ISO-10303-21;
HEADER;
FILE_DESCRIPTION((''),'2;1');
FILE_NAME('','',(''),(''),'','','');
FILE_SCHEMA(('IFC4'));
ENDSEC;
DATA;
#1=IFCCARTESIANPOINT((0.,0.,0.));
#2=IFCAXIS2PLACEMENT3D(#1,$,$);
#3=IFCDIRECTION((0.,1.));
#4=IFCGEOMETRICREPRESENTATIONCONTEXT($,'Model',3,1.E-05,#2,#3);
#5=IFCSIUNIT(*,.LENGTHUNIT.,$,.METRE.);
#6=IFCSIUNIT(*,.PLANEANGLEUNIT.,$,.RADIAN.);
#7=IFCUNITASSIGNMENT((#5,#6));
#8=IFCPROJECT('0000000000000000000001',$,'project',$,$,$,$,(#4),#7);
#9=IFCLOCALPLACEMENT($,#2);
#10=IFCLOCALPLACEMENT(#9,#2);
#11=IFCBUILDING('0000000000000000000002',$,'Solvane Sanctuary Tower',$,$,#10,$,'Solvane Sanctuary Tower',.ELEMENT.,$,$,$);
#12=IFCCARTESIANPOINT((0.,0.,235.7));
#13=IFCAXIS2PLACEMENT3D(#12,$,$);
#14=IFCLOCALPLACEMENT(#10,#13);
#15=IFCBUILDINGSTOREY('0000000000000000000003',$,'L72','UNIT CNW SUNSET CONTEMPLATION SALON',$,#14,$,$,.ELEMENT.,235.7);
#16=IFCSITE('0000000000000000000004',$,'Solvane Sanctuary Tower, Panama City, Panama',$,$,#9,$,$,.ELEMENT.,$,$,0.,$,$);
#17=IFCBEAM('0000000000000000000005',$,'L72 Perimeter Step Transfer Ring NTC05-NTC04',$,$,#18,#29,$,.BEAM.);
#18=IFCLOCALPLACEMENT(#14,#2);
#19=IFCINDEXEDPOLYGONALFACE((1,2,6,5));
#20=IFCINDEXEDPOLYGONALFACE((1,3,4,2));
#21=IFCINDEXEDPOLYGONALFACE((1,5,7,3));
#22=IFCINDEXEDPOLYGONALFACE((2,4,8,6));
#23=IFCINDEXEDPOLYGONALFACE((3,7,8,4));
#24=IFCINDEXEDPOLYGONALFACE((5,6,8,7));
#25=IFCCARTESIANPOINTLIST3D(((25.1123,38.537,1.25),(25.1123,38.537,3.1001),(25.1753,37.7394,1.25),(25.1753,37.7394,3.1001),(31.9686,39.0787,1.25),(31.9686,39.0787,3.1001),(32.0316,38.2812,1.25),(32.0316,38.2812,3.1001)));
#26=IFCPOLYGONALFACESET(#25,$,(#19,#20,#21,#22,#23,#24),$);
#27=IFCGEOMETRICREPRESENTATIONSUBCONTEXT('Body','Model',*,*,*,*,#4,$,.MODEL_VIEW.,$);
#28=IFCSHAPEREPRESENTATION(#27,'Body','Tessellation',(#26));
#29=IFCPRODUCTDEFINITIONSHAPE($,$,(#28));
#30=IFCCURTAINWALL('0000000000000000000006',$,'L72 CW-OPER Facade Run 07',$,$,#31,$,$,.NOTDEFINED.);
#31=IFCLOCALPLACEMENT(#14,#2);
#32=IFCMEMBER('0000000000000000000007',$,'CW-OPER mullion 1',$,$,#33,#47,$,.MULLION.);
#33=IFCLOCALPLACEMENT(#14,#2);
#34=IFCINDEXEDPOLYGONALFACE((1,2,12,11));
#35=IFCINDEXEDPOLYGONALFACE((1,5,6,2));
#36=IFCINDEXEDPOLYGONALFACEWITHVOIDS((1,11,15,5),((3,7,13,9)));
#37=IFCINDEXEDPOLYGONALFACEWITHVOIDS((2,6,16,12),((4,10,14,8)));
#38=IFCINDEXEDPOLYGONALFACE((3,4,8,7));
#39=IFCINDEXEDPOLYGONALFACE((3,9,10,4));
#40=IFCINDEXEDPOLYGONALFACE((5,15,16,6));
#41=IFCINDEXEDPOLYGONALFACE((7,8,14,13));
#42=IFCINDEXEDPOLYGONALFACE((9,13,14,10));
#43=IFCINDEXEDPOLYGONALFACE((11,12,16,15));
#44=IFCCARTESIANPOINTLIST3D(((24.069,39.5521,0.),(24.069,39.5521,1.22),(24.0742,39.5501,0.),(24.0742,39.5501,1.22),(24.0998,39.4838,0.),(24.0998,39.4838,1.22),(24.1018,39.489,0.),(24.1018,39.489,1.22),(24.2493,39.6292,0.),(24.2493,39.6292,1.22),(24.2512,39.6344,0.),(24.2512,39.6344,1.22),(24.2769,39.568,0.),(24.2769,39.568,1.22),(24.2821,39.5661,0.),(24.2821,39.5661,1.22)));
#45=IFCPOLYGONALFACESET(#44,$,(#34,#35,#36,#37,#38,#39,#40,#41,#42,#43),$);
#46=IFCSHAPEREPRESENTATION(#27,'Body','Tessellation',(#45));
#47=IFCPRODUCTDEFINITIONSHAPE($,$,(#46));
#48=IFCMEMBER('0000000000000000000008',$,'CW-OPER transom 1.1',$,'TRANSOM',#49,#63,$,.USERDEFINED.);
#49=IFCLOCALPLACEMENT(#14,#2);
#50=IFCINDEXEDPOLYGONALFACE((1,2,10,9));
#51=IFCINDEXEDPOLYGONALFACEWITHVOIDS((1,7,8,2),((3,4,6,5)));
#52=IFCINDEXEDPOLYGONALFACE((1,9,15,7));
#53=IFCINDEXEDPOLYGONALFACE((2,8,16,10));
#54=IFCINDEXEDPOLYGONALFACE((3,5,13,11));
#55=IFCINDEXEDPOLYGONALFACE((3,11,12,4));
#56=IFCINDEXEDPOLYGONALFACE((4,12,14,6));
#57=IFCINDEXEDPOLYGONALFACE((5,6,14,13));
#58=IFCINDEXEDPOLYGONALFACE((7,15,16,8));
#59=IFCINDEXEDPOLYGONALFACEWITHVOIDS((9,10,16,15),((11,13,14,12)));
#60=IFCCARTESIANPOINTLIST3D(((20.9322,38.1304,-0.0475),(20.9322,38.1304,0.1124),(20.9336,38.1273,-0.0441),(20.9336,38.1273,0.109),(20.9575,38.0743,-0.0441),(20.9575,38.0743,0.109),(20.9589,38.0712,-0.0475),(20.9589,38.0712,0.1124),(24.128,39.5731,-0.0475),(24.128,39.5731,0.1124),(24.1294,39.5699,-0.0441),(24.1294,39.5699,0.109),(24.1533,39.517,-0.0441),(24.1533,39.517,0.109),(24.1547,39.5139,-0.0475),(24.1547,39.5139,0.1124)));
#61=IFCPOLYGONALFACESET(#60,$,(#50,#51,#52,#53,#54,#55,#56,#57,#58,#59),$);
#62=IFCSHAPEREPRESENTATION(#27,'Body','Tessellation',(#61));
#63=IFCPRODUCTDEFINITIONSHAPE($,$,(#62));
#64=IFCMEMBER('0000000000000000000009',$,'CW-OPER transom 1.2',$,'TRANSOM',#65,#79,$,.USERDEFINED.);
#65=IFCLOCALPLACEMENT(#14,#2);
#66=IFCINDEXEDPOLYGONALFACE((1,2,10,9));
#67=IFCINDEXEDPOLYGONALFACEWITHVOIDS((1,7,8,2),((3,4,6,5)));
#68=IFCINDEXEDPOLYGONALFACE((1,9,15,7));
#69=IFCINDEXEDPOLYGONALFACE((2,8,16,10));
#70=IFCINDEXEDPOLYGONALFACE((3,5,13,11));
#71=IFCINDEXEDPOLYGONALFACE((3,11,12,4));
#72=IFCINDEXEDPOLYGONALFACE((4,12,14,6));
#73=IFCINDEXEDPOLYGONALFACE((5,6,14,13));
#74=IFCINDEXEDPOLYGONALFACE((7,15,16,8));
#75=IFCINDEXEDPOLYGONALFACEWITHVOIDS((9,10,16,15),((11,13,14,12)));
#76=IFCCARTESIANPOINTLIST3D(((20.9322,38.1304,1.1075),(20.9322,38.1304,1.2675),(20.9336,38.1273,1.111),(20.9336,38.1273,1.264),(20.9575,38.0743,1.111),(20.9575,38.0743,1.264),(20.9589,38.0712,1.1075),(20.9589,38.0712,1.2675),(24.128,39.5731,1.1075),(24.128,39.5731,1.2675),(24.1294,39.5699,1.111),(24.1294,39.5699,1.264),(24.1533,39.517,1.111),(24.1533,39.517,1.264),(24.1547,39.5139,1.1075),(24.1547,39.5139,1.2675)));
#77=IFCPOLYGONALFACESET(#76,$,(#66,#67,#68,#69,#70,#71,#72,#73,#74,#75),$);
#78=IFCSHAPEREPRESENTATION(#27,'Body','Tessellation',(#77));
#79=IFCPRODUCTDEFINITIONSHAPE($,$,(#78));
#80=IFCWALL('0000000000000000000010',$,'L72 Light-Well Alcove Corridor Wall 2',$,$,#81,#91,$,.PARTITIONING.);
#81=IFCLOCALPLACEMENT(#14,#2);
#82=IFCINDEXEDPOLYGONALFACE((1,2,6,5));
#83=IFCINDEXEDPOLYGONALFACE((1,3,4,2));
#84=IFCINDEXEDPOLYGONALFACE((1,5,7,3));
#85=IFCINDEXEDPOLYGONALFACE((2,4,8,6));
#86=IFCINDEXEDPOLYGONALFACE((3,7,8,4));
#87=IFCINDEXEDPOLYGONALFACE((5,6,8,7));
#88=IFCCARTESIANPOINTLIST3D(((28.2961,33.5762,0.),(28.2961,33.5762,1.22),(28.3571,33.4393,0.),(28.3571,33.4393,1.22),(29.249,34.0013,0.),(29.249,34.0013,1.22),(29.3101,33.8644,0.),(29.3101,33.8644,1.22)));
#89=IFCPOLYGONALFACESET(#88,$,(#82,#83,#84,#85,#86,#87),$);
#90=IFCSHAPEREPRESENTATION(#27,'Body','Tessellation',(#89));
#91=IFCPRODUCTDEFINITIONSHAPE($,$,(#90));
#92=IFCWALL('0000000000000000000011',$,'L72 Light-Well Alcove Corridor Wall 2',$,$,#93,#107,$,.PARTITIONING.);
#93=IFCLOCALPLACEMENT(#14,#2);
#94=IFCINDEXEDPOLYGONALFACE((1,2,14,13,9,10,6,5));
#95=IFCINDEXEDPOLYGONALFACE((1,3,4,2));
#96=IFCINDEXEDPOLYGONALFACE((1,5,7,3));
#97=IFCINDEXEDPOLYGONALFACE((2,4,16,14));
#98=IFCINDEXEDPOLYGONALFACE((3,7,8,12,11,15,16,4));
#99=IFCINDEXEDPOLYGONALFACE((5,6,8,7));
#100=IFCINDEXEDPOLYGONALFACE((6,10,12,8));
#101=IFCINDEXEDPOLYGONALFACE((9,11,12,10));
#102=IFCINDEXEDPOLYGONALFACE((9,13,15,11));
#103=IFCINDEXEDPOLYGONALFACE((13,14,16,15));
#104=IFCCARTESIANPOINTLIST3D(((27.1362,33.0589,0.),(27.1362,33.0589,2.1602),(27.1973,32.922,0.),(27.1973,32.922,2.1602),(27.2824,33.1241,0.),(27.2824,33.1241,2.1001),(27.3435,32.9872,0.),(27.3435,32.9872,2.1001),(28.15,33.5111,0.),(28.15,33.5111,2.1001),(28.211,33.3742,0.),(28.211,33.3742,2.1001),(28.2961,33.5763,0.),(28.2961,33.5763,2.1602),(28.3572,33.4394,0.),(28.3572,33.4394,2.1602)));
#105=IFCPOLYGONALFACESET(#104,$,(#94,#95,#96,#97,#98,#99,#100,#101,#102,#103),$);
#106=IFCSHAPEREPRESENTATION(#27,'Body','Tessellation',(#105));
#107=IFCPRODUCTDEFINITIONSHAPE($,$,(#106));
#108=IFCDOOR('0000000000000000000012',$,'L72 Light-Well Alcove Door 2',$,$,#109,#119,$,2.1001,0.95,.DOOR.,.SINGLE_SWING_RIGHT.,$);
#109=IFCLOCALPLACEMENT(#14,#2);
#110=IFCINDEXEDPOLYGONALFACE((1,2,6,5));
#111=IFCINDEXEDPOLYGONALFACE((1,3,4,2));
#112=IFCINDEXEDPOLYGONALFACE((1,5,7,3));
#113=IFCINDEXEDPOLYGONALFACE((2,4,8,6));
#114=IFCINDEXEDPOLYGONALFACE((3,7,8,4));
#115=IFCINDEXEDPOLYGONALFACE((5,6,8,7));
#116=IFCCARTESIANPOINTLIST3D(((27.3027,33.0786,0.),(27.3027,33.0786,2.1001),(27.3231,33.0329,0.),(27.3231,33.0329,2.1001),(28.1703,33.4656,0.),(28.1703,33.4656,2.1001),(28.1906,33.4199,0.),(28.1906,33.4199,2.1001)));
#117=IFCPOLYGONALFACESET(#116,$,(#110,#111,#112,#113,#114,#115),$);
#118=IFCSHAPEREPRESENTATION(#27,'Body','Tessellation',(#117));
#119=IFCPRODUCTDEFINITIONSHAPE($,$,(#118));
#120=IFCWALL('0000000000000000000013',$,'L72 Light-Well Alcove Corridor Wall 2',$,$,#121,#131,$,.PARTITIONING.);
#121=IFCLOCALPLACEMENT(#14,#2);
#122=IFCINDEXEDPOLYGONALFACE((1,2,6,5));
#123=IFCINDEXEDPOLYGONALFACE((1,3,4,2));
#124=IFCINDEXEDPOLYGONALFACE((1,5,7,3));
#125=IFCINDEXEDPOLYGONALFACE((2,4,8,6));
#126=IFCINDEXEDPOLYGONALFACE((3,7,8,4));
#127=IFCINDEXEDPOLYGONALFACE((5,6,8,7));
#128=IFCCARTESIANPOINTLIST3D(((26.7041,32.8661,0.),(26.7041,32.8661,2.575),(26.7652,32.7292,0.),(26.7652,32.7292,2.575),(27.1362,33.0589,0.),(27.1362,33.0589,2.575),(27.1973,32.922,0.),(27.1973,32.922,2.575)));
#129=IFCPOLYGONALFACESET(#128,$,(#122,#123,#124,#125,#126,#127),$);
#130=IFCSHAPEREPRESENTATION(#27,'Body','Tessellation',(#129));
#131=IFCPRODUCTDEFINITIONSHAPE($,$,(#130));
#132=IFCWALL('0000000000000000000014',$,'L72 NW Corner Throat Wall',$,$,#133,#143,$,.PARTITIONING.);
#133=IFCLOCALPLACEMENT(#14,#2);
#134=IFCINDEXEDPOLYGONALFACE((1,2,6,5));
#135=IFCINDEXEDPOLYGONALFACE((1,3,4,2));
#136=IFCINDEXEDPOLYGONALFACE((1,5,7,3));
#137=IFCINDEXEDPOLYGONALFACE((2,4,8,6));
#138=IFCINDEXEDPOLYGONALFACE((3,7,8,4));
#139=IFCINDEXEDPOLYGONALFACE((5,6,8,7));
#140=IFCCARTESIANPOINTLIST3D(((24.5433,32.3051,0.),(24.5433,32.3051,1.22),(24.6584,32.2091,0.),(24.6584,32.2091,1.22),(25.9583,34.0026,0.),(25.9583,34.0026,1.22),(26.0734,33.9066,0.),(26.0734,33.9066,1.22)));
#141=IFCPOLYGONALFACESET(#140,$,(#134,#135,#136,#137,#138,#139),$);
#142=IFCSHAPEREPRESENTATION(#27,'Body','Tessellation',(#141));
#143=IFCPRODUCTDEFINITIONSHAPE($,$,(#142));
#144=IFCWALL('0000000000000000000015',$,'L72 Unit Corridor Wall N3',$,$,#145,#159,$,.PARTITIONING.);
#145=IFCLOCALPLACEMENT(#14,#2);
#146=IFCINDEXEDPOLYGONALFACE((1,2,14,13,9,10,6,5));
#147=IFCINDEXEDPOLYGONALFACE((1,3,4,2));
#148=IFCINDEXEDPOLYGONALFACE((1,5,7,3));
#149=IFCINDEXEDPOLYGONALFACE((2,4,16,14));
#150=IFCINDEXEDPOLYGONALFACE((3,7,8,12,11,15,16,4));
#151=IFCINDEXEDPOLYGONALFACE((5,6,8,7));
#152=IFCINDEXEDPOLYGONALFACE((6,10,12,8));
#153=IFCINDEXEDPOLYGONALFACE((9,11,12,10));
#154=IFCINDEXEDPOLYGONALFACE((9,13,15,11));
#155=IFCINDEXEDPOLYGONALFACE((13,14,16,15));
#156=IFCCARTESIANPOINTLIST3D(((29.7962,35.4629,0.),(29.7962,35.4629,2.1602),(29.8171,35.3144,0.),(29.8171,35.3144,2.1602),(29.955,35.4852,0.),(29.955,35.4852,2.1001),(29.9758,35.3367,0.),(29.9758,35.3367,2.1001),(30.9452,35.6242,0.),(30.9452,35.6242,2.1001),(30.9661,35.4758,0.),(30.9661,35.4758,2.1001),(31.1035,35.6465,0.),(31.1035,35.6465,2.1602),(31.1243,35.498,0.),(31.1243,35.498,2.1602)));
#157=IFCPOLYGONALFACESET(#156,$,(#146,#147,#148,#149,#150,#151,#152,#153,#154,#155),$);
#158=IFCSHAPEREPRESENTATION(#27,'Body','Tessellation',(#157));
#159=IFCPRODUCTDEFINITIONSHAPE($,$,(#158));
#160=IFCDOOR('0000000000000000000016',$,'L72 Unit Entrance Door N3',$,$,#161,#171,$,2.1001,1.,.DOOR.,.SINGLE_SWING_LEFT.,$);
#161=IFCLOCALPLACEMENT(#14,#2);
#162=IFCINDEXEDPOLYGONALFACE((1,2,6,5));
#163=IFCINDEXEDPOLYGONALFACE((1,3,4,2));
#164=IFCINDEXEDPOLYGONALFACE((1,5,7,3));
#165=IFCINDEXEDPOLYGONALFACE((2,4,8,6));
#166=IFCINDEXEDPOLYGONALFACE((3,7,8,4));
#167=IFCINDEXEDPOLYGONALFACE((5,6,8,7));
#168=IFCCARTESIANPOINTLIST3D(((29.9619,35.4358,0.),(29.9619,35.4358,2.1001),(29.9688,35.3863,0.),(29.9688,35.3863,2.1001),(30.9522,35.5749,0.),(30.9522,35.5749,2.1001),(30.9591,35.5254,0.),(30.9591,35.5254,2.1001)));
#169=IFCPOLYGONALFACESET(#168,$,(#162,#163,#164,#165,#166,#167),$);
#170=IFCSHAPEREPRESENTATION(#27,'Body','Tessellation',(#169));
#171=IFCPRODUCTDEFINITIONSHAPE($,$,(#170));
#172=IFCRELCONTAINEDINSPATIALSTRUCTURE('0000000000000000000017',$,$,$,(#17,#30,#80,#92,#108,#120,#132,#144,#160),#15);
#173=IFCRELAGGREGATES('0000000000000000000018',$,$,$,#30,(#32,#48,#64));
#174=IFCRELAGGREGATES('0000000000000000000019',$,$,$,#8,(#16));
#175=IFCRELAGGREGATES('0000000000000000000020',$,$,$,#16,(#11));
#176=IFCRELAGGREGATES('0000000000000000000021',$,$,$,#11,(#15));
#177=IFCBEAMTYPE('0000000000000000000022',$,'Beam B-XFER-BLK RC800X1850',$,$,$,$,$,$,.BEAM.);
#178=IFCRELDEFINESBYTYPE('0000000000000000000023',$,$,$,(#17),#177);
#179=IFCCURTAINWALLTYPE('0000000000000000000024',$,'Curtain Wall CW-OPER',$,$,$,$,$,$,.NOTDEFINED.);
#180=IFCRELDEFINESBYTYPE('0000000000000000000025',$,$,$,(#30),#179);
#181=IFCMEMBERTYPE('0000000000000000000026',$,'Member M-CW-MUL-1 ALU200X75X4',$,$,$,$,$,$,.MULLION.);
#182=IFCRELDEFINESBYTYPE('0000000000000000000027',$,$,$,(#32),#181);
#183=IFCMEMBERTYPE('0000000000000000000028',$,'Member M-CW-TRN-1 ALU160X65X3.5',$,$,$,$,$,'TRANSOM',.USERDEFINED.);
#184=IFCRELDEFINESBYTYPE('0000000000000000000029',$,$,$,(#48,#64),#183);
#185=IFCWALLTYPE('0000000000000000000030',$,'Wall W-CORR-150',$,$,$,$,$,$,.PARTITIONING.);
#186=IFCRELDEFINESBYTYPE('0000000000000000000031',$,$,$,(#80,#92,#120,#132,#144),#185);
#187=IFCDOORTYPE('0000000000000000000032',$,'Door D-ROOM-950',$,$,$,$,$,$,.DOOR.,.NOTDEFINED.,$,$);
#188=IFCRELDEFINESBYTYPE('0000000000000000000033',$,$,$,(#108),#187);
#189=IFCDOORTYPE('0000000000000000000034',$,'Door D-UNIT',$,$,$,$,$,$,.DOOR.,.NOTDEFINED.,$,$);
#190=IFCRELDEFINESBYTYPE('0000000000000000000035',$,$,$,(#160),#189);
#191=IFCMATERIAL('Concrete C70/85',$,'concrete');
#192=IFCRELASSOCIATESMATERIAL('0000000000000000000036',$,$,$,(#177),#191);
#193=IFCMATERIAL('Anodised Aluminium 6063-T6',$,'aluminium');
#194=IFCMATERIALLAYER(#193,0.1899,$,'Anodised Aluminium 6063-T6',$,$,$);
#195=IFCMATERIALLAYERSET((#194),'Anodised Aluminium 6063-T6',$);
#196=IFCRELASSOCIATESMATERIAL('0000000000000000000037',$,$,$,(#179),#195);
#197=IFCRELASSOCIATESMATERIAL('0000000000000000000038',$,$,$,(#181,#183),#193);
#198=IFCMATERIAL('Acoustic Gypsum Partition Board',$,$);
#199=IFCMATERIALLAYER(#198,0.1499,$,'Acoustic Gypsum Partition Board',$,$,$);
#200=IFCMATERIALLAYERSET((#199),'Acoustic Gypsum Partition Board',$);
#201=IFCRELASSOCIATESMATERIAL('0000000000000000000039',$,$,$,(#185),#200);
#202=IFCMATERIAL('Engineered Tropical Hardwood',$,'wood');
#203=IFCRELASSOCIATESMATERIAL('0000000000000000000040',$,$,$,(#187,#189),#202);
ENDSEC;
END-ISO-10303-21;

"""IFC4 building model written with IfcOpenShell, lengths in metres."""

from ifc_helpers import new_model, si_unit, direction, frame, frame_2d, origin, origin_2d, place, context, subcontext, project, spatial, rectangle, hollow_rectangle, extrude, material, layer, layer_set, material_profile, profile_set, type_object, element, fill, aggregate, save


model = new_model("IFC4")

# Units and contexts
model_context = context("Model", 3, precision=1e-05, world=origin(), true_north=direction((0.0, 1.0)))
body_context = subcontext(model_context, "Body", "Model", "MODEL_VIEW")
ifc_project = project(units=[si_unit("LENGTHUNIT", "METRE"), si_unit("PLANEANGLEUNIT", "RADIAN")], contexts=[model_context])

# Site, building, storey
site_placement = place(None, origin())
site = spatial("IfcSite", under=ifc_project, at=site_placement, Name="Solvane Sanctuary Tower, Panama City, Panama", CompositionType="ELEMENT", RefElevation=0.0)
building_placement = place(site_placement, origin())
building = spatial("IfcBuilding", under=site, at=building_placement, Name="Solvane Sanctuary Tower", LongName="Solvane Sanctuary Tower", CompositionType="ELEMENT")
storey_placement = place(building_placement, frame((0.0, 0.0, 235.7)))
storey = spatial("IfcBuildingStorey", under=building, at=storey_placement, Name="L72", Description="UNIT CNW SUNSET CONTEMPLATION SALON", CompositionType="ELEMENT", Elevation=235.7)

# Beam
ifc_material_1 = material(Name="Concrete C70/85", Category="concrete")
ifc_material_profile_1 = material_profile(ifc_material_1, rectangle(XDim=0.8, YDim=1.8501, at=origin_2d()), Name="RC800X1850")
ifc_profile_set_1 = profile_set([ifc_material_profile_1], Name="Concrete C70/85")
beam_type_1 = type_object("IfcBeamType", Name="Beam B-XFER-BLK RC800X1850", PredefinedType="BEAM", material=ifc_profile_set_1)
beam_1_placement = place(storey_placement, frame((25.1438, 38.1382, 2.175), z_axis=(0.996893, 0.07877, 0.0), x_axis=(-0.07877, 0.996893, 0.0)))
element("IfcBeam", 1, at=beam_1_placement, inside=storey, type_object=beam_type_1, Name="L72 Perimeter Step Transfer Ring NTC05-NTC04", PredefinedType="BEAM", context=body_context, shape_type="SweptSolid", body=[
    extrude(rectangle(XDim=0.8, YDim=1.8501, at=origin_2d()), origin(), (0.0, 0.0, 1.0), 6.8777),
])

# Curtain wall, members
ifc_material_2 = material(Name="Anodised Aluminium 6063-T6", Category="aluminium")
ifc_layer_1 = layer(ifc_material_2, 0.1899, Name="Anodised Aluminium 6063-T6")
ifc_layer_set_1 = layer_set([ifc_layer_1], Name="Anodised Aluminium 6063-T6")
curtain_wall_type = type_object("IfcCurtainWallType", Name="Curtain Wall CW-OPER", PredefinedType="NOTDEFINED", material=ifc_layer_set_1)
curtain_wall_placement = place(storey_placement, origin())
curtain_wall = element("IfcCurtainWall", 2, at=curtain_wall_placement, inside=storey, type_object=curtain_wall_type, Name="L72 CW-OPER Facade Run 07", PredefinedType="NOTDEFINED")
ifc_material_profile_2 = material_profile(ifc_material_2, hollow_rectangle(XDim=0.075, YDim=0.2, WallThickness=0.0039, at=origin_2d()), Name="ALU200X75X4")
ifc_profile_set_2 = profile_set([ifc_material_profile_2], Name="Anodised Aluminium 6063-T6")
member_type_1 = type_object("IfcMemberType", Name="Member M-CW-MUL-1 ALU200X75X4", PredefinedType="MULLION", material=ifc_profile_set_2)
member_1_placement = place(storey_placement, frame((24.1755, 39.5591, 0.0), z_axis=(0.0, 0.0, 1.0), x_axis=(0.411471, -0.911423, 0.0)))
member_1 = element("IfcMember", 3, at=member_1_placement, type_object=member_type_1, Name="CW-OPER mullion 1", PredefinedType="MULLION", context=body_context, shape_type="SweptSolid", body=[
    extrude(hollow_rectangle(XDim=0.075, YDim=0.2, WallThickness=0.0039, at=origin_2d()), origin(), (0.0, 0.0, 1.0), 1.22),
])
ifc_material_profile_3 = material_profile(ifc_material_2, hollow_rectangle(XDim=0.0649, YDim=0.1599, WallThickness=0.0034, at=origin_2d()), Name="ALU160X65X3.5")
ifc_profile_set_3 = profile_set([ifc_material_profile_3], Name="Anodised Aluminium 6063-T6")
member_type_2 = type_object("IfcMemberType", Name="Member M-CW-TRN-1 ALU160X65X3.5", ElementType="TRANSOM", PredefinedType="USERDEFINED", material=ifc_profile_set_3)
member_2_placement = place(storey_placement, frame((24.1414, 39.5435, 0.0325), z_axis=(-0.911439, -0.411436, 0.0), x_axis=(0.411436, -0.911439, 0.0)))
member_2 = element("IfcMember", 4, at=member_2_placement, type_object=member_type_2, Name="CW-OPER transom 1.1", ObjectType="TRANSOM", PredefinedType="USERDEFINED", context=body_context, shape_type="SweptSolid", body=[
    extrude(hollow_rectangle(XDim=0.0649, YDim=0.1599, WallThickness=0.0034, at=origin_2d()), origin(), (0.0, 0.0, 1.0), 3.5063),
])
member_3_placement = place(storey_placement, frame((24.1414, 39.5435, 1.1875), z_axis=(-0.911439, -0.411436, 0.0), x_axis=(0.411436, -0.911439, 0.0)))
member_3 = element("IfcMember", 5, at=member_3_placement, type_object=member_type_2, Name="CW-OPER transom 1.2", ObjectType="TRANSOM", PredefinedType="USERDEFINED", context=body_context, shape_type="SweptSolid", body=[
    extrude(hollow_rectangle(XDim=0.0649, YDim=0.1599, WallThickness=0.0034, at=origin_2d()), origin(), (0.0, 0.0, 1.0), 3.5063),
])
aggregate(curtain_wall, [member_1, member_2, member_3])

# Wall
ifc_material_3 = material(Name="Acoustic Gypsum Partition Board")
ifc_layer_2 = layer(ifc_material_3, 0.1499, Name="Acoustic Gypsum Partition Board")
ifc_layer_set_2 = layer_set([ifc_layer_2], Name="Acoustic Gypsum Partition Board")
wall_type_1 = type_object("IfcWallType", Name="Wall W-CORR-150", PredefinedType="PARTITIONING", material=ifc_layer_set_2)
wall_1_placement = place(storey_placement, frame((29.2795, 33.9329, 0.0), z_axis=(0.0, 0.0, 1.0), x_axis=(-0.913261, -0.407376, 0.0)))
element("IfcWall", 6, at=wall_1_placement, inside=storey, type_object=wall_type_1, Name="L72 Light-Well Alcove Corridor Wall 2", PredefinedType="PARTITIONING", context=body_context, shape_type="SweptSolid", body=[
    extrude(rectangle(XDim=1.0435, YDim=0.1499, at=frame_2d((0.5217, 0.0))), origin(), (0.0, 0.0, 1.0), 1.22),
])

# Wall, opening, door
wall_2_placement = place(storey_placement, frame((28.3267, 33.5078, 0.0), z_axis=(0.0, 0.0, 1.0), x_axis=(-0.91328, -0.407333, 0.0)))
wall_2 = element("IfcWall", 7, at=wall_2_placement, inside=storey, type_object=wall_type_1, Name="L72 Light-Well Alcove Corridor Wall 2", PredefinedType="PARTITIONING", context=body_context, shape_type="SweptSolid", body=[
    extrude(rectangle(XDim=1.27, YDim=0.1499, at=frame_2d((0.635, 0.0))), origin(), (0.0, 0.0, 1.0), 2.1602),
])
opening_1_placement = place(wall_2_placement, frame((0.1599, 0.0, 0.0)))
opening_1 = element("IfcOpeningElement", 8, at=opening_1_placement, cuts=wall_2, PredefinedType="OPENING", context=body_context, shape_type="SweptSolid", body=[
    extrude(rectangle(XDim=0.95, YDim=2.1001, at=frame_2d((0.4751, 1.05))), frame((0.0, 0.085, 0.0), z_axis=(0.0, -1.0, 0.0), x_axis=(1.0, 0.0, 0.0)), (0.0, 0.0, 1.0), 0.1699),
])
ifc_material_4 = material(Name="Engineered Tropical Hardwood", Category="wood")
door_type_1 = type_object("IfcDoorType", Name="Door D-ROOM-950", OperationType="NOTDEFINED", PredefinedType="DOOR", material=ifc_material_4)
door_1_placement = place(opening_1_placement, origin())
door_1 = element("IfcDoor", 9, at=door_1_placement, inside=storey, type_object=door_type_1, Name="L72 Light-Well Alcove Door 2", OperationType="SINGLE_SWING_RIGHT", OverallHeight=2.1001, OverallWidth=0.95, PredefinedType="DOOR", context=body_context, shape_type="SweptSolid", body=[
    extrude(rectangle(XDim=0.95, YDim=2.1001, at=frame_2d((0.4751, 1.05))), frame((0.0, 0.0249, 0.0), z_axis=(0.0, -1.0, 0.0), x_axis=(1.0, 0.0, 0.0)), (0.0, 0.0, 1.0), 0.05),
])
fill(opening_1, door_1)

# Walls
wall_3_placement = place(storey_placement, frame((27.1667, 32.9905, 0.0), z_axis=(0.0, 0.0, 1.0), x_axis=(-0.913172, -0.407574, 0.0)))
element("IfcWall", 10, at=wall_3_placement, inside=storey, type_object=wall_type_1, Name="L72 Light-Well Alcove Corridor Wall 2", PredefinedType="PARTITIONING", context=body_context, shape_type="SweptSolid", body=[
    extrude(rectangle(XDim=0.4731, YDim=0.1499, at=frame_2d((0.2366, 0.0))), origin(), (0.0, 0.0, 1.0), 2.575),
])
wall_4_placement = place(storey_placement, frame((26.0159, 33.9546, 0.0), z_axis=(0.0, 0.0, 1.0), x_axis=(-0.640304, -0.768122, 0.0)))
element("IfcWall", 11, at=wall_4_placement, inside=storey, type_object=wall_type_1, Name="L72 NW Corner Throat Wall", PredefinedType="PARTITIONING", context=body_context, shape_type="SweptSolid", body=[
    extrude(rectangle(XDim=2.21, YDim=0.1499, at=frame_2d((1.105, 0.0))), origin(), (0.0, 0.0, 1.0), 1.22),
])

# Wall, opening, door
wall_5_placement = place(storey_placement, frame((31.114, 35.5723, 0.0), z_axis=(0.0, 0.0, 1.0), x_axis=(-0.99028, -0.13909, 0.0)))
wall_5 = element("IfcWall", 12, at=wall_5_placement, inside=storey, type_object=wall_type_1, Name="L72 Unit Corridor Wall N3", PredefinedType="PARTITIONING", context=body_context, shape_type="SweptSolid", body=[
    extrude(rectangle(XDim=1.3201, YDim=0.1499, at=frame_2d((0.6602, 0.0))), origin(), (0.0, 0.0, 1.0), 2.1602),
])
opening_2_placement = place(wall_5_placement, frame((0.1599, 0.0, 0.0)))
opening_2 = element("IfcOpeningElement", 13, at=opening_2_placement, cuts=wall_5, PredefinedType="OPENING", context=body_context, shape_type="SweptSolid", body=[
    extrude(rectangle(XDim=1.0, YDim=2.1001, at=frame_2d((0.5, 1.05))), frame((0.0, 0.085, 0.0), z_axis=(0.0, -1.0, 0.0), x_axis=(1.0, 0.0, 0.0)), (0.0, 0.0, 1.0), 0.1699),
])
door_type_2 = type_object("IfcDoorType", Name="Door D-UNIT", OperationType="NOTDEFINED", PredefinedType="DOOR", material=ifc_material_4)
door_2_placement = place(opening_2_placement, origin())
door_2 = element("IfcDoor", 14, at=door_2_placement, inside=storey, type_object=door_type_2, Name="L72 Unit Entrance Door N3", OperationType="SINGLE_SWING_LEFT", OverallHeight=2.1001, OverallWidth=1.0, PredefinedType="DOOR", context=body_context, shape_type="SweptSolid", body=[
    extrude(rectangle(XDim=1.0, YDim=2.1001, at=frame_2d((0.5, 1.05))), frame((0.0, 0.0249, 0.0), z_axis=(0.0, -1.0, 0.0), x_axis=(1.0, 0.0, 0.0)), (0.0, 0.0, 1.0), 0.05),
])
fill(opening_2, door_2)

save(model, "model.ifc")
